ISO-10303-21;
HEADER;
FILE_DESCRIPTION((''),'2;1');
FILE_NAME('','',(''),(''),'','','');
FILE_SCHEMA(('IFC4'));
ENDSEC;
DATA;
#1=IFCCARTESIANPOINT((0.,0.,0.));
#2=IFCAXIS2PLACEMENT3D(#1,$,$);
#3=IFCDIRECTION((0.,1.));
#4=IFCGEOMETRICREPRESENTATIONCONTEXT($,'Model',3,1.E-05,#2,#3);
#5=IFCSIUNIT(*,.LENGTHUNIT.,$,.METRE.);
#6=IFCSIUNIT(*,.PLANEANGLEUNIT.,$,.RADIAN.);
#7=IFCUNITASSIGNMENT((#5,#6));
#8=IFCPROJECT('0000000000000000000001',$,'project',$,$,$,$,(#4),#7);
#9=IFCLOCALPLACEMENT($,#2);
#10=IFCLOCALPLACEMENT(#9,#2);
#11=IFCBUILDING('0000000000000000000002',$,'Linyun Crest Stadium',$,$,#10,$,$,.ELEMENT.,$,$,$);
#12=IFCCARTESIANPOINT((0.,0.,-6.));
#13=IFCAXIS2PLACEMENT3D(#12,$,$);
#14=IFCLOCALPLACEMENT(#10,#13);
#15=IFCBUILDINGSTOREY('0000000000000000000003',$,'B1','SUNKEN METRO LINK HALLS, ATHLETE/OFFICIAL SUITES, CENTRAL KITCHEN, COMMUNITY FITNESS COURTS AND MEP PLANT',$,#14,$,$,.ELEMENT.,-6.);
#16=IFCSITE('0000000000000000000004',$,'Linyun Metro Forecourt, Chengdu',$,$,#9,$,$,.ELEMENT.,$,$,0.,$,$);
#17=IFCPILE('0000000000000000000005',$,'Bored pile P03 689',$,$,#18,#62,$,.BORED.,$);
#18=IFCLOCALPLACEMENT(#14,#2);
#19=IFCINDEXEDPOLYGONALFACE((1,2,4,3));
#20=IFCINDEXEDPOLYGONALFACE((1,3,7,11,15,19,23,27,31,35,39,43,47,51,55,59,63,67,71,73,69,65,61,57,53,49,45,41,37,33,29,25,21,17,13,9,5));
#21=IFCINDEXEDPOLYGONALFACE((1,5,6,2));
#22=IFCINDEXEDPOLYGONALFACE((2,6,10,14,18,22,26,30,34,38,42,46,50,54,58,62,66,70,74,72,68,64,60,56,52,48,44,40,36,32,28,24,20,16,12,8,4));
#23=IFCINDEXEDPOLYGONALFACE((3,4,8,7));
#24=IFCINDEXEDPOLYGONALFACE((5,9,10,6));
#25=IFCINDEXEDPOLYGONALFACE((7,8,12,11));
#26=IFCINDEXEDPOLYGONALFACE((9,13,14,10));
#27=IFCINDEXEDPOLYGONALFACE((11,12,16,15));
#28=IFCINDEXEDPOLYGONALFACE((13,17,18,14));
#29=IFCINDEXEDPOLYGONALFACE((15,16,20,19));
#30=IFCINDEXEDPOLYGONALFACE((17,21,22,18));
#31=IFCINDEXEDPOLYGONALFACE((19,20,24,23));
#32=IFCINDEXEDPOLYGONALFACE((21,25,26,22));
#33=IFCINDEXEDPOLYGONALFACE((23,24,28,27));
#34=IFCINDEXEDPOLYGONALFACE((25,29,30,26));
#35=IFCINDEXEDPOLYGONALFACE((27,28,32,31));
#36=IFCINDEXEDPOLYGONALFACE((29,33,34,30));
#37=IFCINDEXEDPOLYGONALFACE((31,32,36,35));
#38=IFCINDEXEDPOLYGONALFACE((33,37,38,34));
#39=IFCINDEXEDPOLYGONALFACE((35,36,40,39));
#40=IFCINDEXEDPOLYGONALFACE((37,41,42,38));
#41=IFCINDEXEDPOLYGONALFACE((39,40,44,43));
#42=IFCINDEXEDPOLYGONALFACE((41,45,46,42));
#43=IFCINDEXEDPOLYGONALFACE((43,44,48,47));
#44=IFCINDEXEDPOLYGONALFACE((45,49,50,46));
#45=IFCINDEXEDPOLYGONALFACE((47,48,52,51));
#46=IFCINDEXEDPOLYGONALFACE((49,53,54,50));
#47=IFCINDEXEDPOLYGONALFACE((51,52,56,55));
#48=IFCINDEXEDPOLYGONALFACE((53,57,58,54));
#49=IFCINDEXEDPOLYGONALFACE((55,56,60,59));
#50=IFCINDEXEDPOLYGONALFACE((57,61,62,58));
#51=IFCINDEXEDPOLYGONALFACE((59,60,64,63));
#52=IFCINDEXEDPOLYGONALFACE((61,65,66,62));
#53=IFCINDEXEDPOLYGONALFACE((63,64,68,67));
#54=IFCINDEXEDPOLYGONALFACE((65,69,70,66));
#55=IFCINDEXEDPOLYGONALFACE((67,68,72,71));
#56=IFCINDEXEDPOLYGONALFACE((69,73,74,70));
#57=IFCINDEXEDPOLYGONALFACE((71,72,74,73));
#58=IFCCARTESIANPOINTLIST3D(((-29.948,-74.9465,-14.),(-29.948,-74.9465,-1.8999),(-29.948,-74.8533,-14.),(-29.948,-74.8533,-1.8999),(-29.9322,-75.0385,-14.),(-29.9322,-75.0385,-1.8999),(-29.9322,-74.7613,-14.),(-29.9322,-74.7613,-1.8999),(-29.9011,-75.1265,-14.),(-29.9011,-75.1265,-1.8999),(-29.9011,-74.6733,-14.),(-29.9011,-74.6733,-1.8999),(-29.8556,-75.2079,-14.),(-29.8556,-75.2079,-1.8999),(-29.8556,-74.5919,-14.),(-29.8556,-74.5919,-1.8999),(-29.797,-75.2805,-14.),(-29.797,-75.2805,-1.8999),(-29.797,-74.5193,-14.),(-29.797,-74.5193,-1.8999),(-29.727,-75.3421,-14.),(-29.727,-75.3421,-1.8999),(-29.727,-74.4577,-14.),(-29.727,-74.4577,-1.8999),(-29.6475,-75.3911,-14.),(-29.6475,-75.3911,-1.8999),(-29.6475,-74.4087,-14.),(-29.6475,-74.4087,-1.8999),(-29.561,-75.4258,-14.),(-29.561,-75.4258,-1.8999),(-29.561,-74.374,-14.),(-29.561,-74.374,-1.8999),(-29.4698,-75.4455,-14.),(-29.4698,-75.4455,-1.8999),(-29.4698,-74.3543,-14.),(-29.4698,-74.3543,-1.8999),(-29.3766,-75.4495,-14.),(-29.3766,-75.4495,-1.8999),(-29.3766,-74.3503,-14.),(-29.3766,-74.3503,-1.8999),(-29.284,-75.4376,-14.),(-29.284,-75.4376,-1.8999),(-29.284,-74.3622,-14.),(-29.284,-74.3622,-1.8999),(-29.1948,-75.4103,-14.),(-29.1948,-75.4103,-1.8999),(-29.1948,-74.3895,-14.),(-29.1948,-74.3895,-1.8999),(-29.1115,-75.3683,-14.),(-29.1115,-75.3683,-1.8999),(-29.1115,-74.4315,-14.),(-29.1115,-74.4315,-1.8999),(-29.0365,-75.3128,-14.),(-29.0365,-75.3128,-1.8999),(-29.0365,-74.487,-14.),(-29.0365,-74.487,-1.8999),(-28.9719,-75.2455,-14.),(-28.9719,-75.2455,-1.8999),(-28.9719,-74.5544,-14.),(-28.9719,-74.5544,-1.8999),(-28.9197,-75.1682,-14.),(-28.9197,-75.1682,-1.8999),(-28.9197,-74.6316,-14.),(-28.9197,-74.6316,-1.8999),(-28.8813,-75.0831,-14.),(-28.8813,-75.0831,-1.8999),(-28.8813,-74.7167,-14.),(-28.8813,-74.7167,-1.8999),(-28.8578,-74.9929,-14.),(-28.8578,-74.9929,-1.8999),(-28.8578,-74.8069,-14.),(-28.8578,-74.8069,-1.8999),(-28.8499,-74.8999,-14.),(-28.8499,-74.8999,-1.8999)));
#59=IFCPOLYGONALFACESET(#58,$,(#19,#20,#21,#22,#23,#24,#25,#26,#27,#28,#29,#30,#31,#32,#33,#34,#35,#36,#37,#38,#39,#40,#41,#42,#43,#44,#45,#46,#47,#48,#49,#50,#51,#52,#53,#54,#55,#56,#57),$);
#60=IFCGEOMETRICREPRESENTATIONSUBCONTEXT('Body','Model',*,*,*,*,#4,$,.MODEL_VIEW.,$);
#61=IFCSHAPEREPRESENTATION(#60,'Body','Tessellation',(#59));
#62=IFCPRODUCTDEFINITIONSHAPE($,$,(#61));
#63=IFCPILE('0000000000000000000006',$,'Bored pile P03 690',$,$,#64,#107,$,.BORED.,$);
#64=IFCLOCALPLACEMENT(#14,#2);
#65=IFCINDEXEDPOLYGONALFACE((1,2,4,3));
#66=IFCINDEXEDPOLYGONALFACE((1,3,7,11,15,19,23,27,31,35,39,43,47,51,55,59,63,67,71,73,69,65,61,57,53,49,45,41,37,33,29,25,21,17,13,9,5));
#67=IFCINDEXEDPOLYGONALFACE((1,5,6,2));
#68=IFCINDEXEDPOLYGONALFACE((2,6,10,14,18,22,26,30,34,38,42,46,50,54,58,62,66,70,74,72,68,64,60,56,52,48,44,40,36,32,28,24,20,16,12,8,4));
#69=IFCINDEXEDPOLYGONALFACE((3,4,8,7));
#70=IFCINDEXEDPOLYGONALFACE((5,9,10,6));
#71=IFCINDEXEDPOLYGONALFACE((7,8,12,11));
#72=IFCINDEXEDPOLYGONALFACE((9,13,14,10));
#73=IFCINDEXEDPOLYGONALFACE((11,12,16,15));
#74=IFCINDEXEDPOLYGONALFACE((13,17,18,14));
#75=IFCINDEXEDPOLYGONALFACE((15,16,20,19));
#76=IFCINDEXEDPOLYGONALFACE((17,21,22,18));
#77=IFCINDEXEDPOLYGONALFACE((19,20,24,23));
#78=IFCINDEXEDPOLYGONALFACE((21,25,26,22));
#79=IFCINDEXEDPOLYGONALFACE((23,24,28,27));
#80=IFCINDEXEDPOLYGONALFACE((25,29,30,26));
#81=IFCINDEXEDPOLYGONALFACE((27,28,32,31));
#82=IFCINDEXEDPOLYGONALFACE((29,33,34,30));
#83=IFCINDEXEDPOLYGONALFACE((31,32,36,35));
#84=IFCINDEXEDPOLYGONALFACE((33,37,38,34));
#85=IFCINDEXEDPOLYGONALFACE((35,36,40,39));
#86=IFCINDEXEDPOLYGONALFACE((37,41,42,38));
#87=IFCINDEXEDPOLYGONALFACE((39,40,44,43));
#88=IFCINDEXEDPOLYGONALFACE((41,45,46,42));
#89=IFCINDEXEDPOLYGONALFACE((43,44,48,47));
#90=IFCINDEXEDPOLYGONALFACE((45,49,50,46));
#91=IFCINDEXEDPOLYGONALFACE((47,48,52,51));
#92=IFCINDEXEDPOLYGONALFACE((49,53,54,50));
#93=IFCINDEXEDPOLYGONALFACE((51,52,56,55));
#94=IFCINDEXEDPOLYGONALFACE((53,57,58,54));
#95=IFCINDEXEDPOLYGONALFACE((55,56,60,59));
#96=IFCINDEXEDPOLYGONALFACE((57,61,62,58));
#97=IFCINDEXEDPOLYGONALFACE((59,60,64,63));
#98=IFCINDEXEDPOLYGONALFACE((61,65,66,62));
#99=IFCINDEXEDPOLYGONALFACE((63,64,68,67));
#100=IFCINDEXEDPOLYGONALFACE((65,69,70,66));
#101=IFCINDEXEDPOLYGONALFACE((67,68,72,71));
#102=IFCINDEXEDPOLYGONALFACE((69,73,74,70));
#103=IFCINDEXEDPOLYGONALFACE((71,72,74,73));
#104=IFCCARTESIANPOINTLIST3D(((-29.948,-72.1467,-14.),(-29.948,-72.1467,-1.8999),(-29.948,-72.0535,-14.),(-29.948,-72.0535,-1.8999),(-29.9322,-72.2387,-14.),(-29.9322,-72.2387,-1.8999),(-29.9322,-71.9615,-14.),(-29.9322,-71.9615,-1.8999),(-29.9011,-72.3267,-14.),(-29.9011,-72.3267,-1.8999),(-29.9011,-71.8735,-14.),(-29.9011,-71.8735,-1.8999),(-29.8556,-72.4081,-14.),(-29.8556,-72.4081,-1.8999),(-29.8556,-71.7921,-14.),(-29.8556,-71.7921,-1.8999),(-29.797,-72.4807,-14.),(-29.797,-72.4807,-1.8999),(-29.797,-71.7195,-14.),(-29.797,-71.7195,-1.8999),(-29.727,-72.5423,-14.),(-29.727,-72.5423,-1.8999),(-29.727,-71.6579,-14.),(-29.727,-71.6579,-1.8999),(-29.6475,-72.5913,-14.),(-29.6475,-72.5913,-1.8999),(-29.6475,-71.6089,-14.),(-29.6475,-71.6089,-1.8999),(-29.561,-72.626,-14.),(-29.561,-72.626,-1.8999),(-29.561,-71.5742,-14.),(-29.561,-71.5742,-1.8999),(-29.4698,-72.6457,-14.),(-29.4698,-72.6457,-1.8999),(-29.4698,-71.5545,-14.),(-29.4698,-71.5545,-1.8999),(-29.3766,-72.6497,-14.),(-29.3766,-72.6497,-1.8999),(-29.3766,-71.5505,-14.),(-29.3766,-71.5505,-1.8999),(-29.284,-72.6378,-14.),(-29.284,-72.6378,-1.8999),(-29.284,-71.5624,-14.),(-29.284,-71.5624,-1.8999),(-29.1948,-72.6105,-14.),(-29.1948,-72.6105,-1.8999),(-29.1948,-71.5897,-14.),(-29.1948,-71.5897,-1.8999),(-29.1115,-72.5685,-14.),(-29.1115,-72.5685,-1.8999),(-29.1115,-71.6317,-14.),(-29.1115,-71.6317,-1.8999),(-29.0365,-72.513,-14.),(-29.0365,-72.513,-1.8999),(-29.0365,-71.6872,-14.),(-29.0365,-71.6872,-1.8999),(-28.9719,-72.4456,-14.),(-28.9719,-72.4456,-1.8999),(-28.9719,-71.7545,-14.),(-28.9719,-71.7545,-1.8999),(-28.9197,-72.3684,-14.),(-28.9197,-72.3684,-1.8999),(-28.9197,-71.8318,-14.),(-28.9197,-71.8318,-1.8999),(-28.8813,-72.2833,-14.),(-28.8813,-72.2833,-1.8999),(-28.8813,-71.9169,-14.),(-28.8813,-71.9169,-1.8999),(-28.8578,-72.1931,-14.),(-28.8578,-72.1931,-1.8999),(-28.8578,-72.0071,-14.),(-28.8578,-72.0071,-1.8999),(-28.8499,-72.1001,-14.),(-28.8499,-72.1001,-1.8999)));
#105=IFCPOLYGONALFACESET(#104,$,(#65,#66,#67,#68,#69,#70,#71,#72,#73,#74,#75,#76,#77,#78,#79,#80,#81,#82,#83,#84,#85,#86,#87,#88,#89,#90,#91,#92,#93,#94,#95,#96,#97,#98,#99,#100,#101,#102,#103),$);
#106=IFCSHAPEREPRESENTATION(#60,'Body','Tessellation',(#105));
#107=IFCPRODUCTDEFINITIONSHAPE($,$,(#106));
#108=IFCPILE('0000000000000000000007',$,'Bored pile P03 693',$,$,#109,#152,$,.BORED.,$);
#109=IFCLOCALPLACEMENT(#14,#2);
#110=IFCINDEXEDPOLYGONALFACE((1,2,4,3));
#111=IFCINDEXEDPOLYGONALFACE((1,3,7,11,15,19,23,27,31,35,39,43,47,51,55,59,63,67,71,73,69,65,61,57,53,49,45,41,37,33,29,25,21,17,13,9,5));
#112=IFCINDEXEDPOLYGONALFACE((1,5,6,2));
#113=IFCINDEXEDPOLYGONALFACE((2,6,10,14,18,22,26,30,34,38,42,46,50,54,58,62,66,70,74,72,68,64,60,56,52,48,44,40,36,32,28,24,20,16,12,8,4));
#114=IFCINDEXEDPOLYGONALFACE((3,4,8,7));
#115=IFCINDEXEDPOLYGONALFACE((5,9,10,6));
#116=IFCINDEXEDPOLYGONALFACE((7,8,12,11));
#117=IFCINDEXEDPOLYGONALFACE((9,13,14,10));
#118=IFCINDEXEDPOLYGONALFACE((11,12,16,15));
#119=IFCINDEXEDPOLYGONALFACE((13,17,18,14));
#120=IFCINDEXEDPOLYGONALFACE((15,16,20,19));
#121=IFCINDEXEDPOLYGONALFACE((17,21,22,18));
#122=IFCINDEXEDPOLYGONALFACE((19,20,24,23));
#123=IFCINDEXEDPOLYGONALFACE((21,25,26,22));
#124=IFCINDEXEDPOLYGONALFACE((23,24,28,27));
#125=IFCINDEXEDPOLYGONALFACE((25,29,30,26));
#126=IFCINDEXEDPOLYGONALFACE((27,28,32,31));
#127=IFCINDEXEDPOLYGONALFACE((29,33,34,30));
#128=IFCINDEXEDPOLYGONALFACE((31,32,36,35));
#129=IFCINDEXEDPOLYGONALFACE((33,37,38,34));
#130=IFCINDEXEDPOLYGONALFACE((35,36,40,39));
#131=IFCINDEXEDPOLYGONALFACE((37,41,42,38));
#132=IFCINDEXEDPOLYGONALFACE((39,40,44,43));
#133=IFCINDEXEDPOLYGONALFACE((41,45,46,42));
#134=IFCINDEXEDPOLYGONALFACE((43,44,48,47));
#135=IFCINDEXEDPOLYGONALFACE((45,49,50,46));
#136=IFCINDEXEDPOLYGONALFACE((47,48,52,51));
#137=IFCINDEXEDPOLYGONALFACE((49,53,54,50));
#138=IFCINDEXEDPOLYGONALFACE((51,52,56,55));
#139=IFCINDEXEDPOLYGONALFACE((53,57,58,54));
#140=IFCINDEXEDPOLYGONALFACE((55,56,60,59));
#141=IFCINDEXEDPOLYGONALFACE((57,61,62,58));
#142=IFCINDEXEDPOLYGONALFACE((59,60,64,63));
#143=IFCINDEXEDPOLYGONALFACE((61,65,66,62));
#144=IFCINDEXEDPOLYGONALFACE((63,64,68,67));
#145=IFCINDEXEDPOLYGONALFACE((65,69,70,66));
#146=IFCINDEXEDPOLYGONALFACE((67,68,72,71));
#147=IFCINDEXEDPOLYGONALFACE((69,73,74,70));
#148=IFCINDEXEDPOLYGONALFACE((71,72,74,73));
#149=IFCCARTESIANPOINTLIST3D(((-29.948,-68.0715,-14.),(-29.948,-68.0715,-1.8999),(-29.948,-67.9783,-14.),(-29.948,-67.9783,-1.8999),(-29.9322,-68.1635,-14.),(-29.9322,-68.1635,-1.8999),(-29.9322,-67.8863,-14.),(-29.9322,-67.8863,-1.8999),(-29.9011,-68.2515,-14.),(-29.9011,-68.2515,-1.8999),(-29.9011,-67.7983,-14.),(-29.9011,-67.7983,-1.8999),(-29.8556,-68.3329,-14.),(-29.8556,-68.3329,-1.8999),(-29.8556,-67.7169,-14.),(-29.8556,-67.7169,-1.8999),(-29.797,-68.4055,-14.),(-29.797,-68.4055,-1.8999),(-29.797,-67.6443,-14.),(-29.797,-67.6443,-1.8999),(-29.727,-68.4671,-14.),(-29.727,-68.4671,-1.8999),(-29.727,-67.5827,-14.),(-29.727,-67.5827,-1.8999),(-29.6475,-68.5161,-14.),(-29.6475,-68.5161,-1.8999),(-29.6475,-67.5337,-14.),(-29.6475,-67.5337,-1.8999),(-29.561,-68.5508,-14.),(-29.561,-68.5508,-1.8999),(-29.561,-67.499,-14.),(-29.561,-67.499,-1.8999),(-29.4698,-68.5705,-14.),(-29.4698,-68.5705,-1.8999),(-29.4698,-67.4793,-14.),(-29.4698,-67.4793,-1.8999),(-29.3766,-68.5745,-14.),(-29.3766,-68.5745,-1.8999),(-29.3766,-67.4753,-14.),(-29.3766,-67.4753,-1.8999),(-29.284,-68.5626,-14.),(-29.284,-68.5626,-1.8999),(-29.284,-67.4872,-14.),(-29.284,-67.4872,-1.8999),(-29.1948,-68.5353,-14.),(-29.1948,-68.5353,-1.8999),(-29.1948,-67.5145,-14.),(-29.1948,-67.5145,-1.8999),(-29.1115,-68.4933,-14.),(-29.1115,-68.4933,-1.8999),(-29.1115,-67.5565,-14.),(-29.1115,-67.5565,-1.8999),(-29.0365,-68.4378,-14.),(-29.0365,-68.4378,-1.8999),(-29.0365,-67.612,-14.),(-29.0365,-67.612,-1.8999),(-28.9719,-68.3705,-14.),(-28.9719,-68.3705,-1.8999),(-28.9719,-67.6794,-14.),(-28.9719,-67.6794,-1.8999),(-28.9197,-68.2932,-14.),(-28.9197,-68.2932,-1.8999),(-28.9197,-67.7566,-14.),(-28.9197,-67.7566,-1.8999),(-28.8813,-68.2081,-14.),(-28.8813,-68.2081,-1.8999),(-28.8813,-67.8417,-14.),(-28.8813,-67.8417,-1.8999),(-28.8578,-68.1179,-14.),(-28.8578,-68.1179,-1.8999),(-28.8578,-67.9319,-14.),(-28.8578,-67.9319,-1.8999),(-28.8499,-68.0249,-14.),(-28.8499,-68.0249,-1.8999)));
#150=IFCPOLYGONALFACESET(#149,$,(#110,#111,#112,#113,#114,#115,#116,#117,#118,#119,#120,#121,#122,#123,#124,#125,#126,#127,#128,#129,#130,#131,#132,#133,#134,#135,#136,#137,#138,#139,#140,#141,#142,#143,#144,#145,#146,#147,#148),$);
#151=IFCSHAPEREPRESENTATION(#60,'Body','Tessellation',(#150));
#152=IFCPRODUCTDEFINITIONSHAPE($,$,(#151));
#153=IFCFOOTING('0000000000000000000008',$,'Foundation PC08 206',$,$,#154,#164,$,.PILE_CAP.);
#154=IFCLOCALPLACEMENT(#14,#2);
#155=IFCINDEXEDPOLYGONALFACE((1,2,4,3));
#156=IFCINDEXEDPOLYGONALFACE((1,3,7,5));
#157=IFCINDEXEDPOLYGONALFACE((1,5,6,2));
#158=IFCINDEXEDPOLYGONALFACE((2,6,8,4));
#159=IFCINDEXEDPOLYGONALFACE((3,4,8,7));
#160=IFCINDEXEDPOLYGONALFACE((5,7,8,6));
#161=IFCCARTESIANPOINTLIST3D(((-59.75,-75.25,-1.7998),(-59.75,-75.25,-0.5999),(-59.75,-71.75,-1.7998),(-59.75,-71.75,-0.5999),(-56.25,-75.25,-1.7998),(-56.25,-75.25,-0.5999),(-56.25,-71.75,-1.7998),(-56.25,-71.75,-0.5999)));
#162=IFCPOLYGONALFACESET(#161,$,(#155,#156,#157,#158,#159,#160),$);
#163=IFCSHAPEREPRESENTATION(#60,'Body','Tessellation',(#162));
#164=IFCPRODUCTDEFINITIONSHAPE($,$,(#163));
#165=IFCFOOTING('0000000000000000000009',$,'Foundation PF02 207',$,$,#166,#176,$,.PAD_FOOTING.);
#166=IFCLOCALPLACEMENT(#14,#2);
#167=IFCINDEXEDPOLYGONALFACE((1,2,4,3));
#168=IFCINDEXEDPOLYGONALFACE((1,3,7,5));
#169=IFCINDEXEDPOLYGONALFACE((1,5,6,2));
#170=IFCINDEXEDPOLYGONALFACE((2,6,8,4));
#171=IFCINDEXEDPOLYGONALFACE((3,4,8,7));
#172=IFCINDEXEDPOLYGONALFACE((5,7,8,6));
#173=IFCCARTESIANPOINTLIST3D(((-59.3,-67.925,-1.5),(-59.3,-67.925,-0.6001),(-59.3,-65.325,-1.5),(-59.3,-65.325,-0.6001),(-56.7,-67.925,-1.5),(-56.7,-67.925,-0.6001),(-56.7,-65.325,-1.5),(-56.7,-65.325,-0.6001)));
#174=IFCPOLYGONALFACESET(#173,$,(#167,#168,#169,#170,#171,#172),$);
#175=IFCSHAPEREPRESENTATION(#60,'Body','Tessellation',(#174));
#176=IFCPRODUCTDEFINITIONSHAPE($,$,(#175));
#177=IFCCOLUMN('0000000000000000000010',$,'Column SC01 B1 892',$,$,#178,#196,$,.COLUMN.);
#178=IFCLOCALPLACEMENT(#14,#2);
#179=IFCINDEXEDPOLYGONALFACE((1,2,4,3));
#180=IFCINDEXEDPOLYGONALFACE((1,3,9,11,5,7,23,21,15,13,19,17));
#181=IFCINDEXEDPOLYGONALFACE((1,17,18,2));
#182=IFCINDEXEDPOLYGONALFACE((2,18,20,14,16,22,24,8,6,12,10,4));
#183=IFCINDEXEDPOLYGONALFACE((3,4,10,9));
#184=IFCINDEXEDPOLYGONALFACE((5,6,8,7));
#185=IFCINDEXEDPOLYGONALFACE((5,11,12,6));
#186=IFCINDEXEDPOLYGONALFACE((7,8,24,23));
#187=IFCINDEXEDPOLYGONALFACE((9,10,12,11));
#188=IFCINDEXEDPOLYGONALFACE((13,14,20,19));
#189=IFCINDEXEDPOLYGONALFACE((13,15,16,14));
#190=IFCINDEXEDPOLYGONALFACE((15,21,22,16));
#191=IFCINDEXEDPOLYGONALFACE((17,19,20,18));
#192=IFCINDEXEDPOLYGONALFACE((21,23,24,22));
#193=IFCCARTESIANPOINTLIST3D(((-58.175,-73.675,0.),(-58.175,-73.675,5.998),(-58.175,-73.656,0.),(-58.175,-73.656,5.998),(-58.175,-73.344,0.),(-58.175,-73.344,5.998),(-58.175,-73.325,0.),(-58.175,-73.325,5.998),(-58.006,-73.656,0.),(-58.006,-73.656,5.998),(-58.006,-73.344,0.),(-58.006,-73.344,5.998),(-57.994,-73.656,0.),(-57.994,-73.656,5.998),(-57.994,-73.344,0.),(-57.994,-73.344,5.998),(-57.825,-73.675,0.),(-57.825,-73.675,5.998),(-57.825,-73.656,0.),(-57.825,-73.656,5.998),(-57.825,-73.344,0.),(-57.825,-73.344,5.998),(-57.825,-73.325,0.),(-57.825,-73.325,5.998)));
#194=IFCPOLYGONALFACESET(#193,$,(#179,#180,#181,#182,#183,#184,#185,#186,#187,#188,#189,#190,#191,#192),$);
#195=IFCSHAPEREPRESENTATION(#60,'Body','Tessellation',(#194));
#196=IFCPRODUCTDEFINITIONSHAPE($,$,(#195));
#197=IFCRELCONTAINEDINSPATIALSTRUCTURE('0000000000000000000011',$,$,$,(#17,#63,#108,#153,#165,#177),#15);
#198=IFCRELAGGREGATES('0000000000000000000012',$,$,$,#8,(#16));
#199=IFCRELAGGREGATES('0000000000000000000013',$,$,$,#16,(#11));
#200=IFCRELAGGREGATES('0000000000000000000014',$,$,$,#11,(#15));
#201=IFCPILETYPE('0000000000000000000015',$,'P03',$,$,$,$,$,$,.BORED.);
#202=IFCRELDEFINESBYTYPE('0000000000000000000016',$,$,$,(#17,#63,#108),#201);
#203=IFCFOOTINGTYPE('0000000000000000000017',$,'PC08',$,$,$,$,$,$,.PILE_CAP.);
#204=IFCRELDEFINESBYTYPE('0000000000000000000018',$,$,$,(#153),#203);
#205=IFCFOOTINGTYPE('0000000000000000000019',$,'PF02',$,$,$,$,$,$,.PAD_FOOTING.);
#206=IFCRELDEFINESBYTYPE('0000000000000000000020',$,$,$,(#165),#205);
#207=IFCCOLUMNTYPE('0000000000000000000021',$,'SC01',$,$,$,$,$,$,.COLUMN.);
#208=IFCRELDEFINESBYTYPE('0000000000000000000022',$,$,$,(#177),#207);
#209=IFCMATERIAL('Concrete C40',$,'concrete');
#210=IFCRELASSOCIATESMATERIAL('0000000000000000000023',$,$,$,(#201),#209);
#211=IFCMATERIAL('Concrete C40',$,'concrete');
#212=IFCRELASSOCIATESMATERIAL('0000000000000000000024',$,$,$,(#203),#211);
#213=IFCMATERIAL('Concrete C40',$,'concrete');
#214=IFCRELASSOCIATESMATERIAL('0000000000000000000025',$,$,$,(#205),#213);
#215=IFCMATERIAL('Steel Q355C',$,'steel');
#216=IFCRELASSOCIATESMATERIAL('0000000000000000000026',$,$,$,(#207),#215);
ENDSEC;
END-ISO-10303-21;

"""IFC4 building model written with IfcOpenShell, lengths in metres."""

from ifc_helpers import new_model, si_unit, direction, frame, origin, origin_2d, place, context, subcontext, project, spatial, rectangle, circle, i_section, extrude, material, material_profile, profile_set, type_object, element, save


model = new_model("IFC4")

# Units and contexts
model_context = context("Model", 3, precision=1e-05, world=origin(), true_north=direction((0.0, 1.0)))
body_context = subcontext(model_context, "Body", "Model", "MODEL_VIEW")
ifc_project = project(units=[si_unit("LENGTHUNIT", "METRE"), si_unit("PLANEANGLEUNIT", "RADIAN")], contexts=[model_context])

# Site, building, storey
site_placement = place(None, origin())
site = spatial("IfcSite", under=ifc_project, at=site_placement, Name="Linyun Metro Forecourt, Chengdu", CompositionType="ELEMENT", RefElevation=0.0)
building_placement = place(site_placement, origin())
building = spatial("IfcBuilding", under=site, at=building_placement, Name="Linyun Crest Stadium", CompositionType="ELEMENT")
storey_placement = place(building_placement, frame((0.0, 0.0, -6.0)))
storey = spatial("IfcBuildingStorey", under=building, at=storey_placement, Name="B1", Description="SUNKEN METRO LINK HALLS, ATHLETE/OFFICIAL SUITES, CENTRAL KITCHEN, COMMUNITY FITNESS COURTS AND MEP PLANT", CompositionType="ELEMENT", Elevation=-6.0)

# Piles
ifc_material_1 = material(Name="Concrete C40", Category="concrete")
ifc_material_profile_1 = material_profile(ifc_material_1, circle(Radius=0.55, at=origin_2d()), Name="BORED PILE 1100")
ifc_profile_set_1 = profile_set([ifc_material_profile_1], Name="Concrete C40")
pile_type_1 = type_object("IfcPileType", Name="P03", PredefinedType="BORED", material=ifc_profile_set_1)
for number, where, z_axis, x_axis, name in (
    (1, (-29.3999, -74.8999, -1.8999), (0.0, 0.0, -1.0), (1.0, 0.0, 0.0), "Bored pile P03 689"),
    (2, (-29.3999, -72.1001, -1.8999), (0.0, 0.0, -1.0), (1.0, 0.0, 0.0), "Bored pile P03 690"),
    (3, (-29.3999, -68.0249, -1.8999), (0.0, 0.0, -1.0), (1.0, 0.0, 0.0), "Bored pile P03 693"),
):
    element("IfcPile", number, at=place(storey_placement, frame(where, z_axis=z_axis, x_axis=x_axis)), inside=storey, type_object=pile_type_1, Name=name, PredefinedType="BORED", context=body_context, shape_type="SweptSolid", body=[
        extrude(circle(Radius=0.55, at=origin_2d()), origin(), (0.0, 0.0, 1.0), 12.1001),
    ])

# Footings
ifc_material_2 = material(Name="Concrete C40", Category="concrete")
footing_type_1 = type_object("IfcFootingType", Name="PC08", PredefinedType="PILE_CAP", material=ifc_material_2)
footing_1_placement = place(storey_placement, frame((-58.0, -73.5, -1.7998), z_axis=(0.0, 0.0, 1.0), x_axis=(1.0, 0.0, 0.0)))
element("IfcFooting", 4, at=footing_1_placement, inside=storey, type_object=footing_type_1, Name="Foundation PC08 206", PredefinedType="PILE_CAP", context=body_context, shape_type="SweptSolid", body=[
    extrude(rectangle(XDim=3.5, YDim=3.5, at=origin_2d()), origin(), (0.0, 0.0, 1.0), 1.2),
])
ifc_material_3 = material(Name="Concrete C40", Category="concrete")
footing_type_2 = type_object("IfcFootingType", Name="PF02", PredefinedType="PAD_FOOTING", material=ifc_material_3)
footing_2_placement = place(storey_placement, frame((-58.0, -66.625, -1.5), z_axis=(0.0, 0.0, 1.0), x_axis=(1.0, 0.0, 0.0)))
element("IfcFooting", 5, at=footing_2_placement, inside=storey, type_object=footing_type_2, Name="Foundation PF02 207", PredefinedType="PAD_FOOTING", context=body_context, shape_type="SweptSolid", body=[
    extrude(rectangle(XDim=2.6001, YDim=2.6001, at=origin_2d()), origin(), (0.0, 0.0, 1.0), 0.8999),
])

# Column
ifc_material_4 = material(Name="Steel Q355C", Category="steel")
ifc_material_profile_2 = material_profile(ifc_material_4, i_section(OverallWidth=0.3501, OverallDepth=0.3501, WebThickness=0.012, FlangeThickness=0.019, at=origin_2d()), Name="HW 350x350")
ifc_profile_set_2 = profile_set([ifc_material_profile_2], Name="Steel Q355C")
column_type_1 = type_object("IfcColumnType", Name="SC01", PredefinedType="COLUMN", material=ifc_profile_set_2)
column_1_placement = place(storey_placement, frame((-58.0, -73.5, 0.0), z_axis=(0.0, 0.0, 1.0), x_axis=(1.0, 0.0, 0.0)))
element("IfcColumn", 6, at=column_1_placement, inside=storey, type_object=column_type_1, Name="Column SC01 B1 892", PredefinedType="COLUMN", context=body_context, shape_type="SweptSolid", body=[
    extrude(i_section(OverallWidth=0.3501, OverallDepth=0.3501, WebThickness=0.012, FlangeThickness=0.019, at=origin_2d()), origin(), (0.0, 0.0, 1.0), 5.998),
])

save(model, "model.ifc")
